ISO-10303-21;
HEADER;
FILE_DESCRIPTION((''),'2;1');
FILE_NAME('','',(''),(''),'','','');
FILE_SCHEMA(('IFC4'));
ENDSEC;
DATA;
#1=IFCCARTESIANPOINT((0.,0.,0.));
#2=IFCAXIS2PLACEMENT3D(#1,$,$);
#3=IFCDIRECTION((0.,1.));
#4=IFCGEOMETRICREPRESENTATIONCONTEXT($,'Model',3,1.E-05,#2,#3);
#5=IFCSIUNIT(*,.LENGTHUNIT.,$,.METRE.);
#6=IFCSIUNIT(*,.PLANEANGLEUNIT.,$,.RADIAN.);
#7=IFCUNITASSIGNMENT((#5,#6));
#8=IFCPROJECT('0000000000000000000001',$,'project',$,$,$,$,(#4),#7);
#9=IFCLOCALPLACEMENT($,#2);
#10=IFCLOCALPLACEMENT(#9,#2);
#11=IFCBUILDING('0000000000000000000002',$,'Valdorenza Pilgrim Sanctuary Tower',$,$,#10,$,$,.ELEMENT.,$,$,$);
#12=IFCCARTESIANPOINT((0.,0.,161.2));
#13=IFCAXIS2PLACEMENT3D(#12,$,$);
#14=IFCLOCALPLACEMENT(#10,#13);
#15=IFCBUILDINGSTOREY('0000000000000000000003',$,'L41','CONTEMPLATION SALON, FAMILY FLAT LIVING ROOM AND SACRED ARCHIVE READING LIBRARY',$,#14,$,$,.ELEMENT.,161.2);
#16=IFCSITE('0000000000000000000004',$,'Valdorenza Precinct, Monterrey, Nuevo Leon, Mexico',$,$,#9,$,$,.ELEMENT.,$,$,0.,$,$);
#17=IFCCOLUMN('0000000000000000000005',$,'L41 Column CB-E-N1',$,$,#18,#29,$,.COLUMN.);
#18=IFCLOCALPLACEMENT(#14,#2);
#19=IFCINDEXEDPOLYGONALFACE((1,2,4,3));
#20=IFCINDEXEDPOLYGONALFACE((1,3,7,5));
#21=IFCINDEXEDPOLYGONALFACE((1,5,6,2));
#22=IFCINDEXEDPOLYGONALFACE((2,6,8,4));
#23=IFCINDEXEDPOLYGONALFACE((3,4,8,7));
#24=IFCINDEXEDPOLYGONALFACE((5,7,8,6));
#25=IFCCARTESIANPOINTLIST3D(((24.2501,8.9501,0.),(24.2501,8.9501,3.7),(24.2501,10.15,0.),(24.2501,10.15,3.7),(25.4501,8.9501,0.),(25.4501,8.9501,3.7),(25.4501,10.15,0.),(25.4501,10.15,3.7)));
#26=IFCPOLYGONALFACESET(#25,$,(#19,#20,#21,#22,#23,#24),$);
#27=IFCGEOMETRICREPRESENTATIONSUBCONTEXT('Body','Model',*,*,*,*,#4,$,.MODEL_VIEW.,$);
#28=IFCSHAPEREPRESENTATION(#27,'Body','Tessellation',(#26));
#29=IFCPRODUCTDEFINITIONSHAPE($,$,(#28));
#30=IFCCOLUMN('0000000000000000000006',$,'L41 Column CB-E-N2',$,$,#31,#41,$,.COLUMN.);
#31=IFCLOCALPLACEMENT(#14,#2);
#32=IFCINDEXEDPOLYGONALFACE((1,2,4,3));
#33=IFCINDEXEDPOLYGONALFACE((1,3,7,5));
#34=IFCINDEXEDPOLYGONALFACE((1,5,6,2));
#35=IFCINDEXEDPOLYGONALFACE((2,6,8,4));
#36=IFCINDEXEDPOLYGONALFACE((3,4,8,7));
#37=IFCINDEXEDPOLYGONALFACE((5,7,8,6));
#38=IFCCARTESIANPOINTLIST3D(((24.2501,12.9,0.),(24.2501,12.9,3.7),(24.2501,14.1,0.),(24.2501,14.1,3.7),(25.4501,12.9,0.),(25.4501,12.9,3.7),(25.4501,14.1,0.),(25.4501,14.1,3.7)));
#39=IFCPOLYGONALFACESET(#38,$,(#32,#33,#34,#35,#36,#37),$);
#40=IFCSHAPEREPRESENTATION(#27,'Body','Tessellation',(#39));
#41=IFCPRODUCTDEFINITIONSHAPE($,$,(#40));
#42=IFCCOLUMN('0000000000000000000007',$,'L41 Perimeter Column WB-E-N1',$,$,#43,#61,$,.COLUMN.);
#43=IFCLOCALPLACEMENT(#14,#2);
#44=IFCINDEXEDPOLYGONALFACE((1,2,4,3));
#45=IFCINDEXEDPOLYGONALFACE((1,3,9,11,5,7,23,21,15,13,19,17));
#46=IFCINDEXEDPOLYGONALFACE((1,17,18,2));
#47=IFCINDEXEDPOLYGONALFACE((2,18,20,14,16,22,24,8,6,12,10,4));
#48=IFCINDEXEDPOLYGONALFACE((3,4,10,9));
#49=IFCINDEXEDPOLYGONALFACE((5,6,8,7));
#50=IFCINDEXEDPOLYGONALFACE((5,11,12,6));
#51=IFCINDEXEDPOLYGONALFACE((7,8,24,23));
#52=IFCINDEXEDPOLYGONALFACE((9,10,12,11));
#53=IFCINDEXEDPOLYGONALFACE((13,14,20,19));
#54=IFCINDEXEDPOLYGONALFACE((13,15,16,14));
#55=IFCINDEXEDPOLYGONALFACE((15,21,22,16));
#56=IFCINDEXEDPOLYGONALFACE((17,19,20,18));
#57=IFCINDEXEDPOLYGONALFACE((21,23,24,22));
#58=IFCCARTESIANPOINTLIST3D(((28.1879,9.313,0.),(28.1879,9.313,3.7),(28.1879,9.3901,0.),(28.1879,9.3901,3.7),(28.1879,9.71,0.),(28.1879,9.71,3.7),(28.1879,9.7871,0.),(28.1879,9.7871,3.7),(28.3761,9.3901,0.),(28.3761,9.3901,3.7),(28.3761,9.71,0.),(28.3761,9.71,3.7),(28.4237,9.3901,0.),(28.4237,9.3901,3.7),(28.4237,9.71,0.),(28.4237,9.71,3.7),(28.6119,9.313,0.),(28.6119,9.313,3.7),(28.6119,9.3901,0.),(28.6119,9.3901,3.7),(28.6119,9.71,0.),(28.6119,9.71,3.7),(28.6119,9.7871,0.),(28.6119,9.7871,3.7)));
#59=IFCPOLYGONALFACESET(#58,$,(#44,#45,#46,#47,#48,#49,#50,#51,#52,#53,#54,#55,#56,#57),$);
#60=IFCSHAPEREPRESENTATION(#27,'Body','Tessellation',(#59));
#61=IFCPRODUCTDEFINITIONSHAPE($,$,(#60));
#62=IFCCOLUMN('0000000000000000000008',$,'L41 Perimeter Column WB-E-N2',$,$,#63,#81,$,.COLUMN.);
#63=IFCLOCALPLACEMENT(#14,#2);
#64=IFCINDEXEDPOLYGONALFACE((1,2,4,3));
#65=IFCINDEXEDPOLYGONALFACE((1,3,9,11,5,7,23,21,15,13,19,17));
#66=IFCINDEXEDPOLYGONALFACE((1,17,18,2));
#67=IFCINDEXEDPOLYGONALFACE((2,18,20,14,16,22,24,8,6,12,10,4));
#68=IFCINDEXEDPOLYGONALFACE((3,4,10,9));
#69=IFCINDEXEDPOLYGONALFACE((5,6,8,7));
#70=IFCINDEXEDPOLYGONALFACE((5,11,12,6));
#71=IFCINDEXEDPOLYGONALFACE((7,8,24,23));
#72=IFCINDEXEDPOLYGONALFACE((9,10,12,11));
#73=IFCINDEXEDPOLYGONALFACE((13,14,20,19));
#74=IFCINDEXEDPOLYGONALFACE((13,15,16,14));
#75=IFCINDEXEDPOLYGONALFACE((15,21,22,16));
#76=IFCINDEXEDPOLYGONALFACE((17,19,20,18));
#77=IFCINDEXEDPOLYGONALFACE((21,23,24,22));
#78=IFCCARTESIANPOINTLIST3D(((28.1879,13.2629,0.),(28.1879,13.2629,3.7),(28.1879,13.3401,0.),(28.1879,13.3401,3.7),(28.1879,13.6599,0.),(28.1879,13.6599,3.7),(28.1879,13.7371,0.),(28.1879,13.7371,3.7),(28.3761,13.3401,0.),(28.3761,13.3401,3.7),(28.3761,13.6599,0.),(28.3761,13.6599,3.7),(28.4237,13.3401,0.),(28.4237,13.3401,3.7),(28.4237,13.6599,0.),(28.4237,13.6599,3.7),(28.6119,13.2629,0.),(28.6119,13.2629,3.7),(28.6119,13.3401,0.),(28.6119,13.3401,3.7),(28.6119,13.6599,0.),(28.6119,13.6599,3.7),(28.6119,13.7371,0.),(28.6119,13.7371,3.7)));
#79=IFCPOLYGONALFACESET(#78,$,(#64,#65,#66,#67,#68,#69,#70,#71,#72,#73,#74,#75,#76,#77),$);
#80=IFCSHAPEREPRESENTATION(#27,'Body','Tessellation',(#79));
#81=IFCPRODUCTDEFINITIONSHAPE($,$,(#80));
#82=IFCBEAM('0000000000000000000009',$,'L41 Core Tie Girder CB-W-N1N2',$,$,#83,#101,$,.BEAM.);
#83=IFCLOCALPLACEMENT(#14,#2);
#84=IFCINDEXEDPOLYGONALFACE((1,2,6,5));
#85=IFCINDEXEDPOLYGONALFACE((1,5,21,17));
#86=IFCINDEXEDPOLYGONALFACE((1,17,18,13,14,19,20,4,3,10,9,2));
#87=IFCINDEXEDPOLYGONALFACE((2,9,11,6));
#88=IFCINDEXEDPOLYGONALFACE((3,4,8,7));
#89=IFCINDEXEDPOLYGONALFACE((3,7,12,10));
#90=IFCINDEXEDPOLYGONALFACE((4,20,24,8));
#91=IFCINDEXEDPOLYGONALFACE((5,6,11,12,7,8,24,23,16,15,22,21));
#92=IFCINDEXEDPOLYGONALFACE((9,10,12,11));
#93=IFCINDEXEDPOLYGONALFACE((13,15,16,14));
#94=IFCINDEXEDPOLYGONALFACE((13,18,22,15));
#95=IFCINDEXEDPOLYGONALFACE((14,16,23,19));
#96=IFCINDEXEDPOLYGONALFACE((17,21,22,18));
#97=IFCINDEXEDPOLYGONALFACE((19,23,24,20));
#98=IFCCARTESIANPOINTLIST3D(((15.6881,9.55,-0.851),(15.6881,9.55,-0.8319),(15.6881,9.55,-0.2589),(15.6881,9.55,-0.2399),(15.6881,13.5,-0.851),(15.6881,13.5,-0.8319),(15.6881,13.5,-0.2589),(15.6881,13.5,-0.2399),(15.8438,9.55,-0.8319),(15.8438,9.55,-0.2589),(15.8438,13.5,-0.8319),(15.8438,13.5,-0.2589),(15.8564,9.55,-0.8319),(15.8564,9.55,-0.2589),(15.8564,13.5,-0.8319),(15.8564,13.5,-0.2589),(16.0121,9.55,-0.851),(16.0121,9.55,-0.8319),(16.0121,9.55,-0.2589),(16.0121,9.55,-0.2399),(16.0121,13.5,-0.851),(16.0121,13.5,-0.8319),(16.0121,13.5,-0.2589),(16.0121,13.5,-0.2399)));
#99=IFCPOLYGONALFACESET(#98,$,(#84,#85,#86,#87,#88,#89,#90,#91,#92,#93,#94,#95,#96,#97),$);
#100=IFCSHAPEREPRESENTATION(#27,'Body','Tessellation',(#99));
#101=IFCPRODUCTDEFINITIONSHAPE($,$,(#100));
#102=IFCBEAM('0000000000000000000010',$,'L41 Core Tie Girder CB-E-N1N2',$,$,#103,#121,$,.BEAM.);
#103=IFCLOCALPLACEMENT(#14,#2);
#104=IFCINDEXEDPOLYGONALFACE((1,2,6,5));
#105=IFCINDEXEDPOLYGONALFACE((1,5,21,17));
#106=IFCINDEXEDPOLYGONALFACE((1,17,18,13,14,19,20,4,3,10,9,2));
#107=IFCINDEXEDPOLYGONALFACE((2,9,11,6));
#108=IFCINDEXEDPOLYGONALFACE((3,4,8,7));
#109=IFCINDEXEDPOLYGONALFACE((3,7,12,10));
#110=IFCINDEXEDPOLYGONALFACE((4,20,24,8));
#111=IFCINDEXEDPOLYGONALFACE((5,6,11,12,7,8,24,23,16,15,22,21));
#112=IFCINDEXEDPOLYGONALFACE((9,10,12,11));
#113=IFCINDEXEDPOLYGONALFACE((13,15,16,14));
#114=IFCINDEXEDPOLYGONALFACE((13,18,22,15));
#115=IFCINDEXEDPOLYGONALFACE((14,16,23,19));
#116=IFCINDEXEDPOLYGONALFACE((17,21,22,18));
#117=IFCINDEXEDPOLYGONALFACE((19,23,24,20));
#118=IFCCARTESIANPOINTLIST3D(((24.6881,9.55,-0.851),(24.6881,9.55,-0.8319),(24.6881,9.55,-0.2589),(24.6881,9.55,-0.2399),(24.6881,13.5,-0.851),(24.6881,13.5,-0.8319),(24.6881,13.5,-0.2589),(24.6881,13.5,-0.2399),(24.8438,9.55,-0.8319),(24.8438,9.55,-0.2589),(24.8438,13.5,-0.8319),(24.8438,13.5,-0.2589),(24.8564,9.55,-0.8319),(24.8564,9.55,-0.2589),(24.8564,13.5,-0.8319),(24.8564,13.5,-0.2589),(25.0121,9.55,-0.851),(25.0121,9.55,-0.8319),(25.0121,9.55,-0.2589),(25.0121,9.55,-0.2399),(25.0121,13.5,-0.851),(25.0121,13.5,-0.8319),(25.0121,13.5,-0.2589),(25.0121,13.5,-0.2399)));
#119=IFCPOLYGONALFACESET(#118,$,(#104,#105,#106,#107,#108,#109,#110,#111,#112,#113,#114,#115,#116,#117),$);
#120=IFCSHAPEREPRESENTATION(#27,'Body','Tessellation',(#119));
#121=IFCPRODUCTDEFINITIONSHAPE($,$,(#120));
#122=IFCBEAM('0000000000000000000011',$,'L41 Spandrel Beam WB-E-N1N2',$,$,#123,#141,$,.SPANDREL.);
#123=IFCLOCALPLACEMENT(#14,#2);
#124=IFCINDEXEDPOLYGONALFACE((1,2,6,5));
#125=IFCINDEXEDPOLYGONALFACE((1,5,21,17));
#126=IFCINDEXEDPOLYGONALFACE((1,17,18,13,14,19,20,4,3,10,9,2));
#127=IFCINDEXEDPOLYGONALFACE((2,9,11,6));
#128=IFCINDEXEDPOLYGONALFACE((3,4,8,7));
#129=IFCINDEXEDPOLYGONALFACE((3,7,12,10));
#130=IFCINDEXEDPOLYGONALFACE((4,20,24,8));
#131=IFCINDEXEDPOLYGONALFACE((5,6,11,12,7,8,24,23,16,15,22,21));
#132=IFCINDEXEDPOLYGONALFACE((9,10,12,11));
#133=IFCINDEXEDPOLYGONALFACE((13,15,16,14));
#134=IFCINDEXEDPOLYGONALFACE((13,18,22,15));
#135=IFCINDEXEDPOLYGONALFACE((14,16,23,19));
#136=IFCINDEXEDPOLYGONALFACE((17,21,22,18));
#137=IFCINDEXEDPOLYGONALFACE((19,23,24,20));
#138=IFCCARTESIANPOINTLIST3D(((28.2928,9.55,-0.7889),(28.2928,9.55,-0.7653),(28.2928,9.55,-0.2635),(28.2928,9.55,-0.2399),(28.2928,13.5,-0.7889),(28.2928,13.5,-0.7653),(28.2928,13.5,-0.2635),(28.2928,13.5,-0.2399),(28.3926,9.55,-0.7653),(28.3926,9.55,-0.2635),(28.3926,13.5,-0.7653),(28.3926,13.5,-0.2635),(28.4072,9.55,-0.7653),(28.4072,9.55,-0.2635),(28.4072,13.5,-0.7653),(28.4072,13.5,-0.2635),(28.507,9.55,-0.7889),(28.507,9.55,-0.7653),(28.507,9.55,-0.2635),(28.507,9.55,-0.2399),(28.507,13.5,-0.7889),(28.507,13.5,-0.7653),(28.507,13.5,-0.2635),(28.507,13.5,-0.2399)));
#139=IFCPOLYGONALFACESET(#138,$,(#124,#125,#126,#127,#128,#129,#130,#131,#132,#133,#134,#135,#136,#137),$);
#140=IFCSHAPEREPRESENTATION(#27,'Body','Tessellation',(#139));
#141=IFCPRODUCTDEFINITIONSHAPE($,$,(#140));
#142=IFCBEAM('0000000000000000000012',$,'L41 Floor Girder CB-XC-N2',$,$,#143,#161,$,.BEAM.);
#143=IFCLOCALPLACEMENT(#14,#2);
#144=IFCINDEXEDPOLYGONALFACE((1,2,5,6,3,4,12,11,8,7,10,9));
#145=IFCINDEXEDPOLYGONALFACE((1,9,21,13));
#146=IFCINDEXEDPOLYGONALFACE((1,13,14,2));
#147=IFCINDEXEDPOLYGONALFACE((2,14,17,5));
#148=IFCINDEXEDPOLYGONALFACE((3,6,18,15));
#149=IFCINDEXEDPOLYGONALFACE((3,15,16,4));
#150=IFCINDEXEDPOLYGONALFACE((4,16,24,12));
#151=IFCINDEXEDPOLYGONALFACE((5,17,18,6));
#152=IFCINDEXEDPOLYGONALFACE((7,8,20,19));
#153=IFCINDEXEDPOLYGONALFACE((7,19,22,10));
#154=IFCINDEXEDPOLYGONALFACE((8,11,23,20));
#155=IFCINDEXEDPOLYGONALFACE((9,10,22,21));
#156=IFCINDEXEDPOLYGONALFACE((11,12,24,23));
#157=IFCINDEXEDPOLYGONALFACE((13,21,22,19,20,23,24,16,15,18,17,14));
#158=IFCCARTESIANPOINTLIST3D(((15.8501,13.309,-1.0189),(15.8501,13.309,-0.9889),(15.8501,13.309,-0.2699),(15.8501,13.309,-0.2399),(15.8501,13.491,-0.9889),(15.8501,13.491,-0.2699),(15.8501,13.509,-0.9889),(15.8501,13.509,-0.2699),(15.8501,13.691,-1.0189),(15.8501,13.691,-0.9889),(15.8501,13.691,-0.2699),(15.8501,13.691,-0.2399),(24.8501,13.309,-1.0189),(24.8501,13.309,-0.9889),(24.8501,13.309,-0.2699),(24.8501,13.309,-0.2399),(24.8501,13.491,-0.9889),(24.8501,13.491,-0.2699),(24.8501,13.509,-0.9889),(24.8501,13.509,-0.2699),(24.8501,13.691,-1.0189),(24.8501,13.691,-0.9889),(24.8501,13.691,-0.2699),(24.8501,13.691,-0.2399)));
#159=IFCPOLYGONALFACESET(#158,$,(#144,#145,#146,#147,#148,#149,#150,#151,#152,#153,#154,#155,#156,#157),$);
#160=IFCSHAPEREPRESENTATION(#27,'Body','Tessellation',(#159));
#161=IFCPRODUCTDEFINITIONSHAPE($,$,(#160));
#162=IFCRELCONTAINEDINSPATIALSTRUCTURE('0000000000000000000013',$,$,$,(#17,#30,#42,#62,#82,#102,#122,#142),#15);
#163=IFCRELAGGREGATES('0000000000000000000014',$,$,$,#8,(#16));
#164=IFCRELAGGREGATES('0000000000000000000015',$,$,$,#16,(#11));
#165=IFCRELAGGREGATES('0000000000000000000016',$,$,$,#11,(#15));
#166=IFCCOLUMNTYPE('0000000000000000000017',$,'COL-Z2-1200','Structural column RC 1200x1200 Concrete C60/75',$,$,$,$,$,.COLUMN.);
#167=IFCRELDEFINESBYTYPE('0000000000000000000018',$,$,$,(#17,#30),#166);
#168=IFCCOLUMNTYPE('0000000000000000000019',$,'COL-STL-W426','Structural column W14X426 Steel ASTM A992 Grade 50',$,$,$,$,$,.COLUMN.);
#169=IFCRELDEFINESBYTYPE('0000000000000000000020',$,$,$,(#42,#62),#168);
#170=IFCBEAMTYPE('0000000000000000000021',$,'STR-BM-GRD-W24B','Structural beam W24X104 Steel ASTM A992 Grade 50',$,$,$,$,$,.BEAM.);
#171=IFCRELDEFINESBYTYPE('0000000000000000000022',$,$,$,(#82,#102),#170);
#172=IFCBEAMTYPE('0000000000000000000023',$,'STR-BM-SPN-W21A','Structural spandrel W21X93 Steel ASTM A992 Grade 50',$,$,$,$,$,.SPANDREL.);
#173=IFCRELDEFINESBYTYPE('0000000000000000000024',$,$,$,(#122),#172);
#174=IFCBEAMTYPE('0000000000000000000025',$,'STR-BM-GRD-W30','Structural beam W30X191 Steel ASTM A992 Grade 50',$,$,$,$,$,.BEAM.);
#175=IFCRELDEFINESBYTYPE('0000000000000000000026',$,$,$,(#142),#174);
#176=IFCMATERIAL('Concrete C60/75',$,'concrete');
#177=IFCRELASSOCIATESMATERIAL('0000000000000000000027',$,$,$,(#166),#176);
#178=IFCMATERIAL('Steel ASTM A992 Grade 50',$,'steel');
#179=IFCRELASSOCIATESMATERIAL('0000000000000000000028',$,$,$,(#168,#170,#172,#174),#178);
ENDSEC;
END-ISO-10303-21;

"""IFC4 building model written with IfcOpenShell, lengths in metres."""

from ifc_helpers import new_model, si_unit, direction, frame, origin, origin_2d, place, context, subcontext, project, spatial, rectangle, i_section, extrude, source, transform, mapped, material, material_profile, profile_set, type_object, element, save


model = new_model("IFC4")

# Units and contexts
model_context = context("Model", 3, precision=1e-05, world=origin(), true_north=direction((0.0, 1.0)))
body_context = subcontext(model_context, "Body", "Model", "MODEL_VIEW")
ifc_project = project(units=[si_unit("LENGTHUNIT", "METRE"), si_unit("PLANEANGLEUNIT", "RADIAN")], contexts=[model_context])

# Site, building, storey
site_placement = place(None, origin())
site = spatial("IfcSite", under=ifc_project, at=site_placement, Name="Valdorenza Precinct, Monterrey, Nuevo Leon, Mexico", CompositionType="ELEMENT", RefElevation=0.0)
building_placement = place(site_placement, origin())
building = spatial("IfcBuilding", under=site, at=building_placement, Name="Valdorenza Pilgrim Sanctuary Tower", CompositionType="ELEMENT")
storey_placement = place(building_placement, frame((0.0, 0.0, 161.2)))
storey = spatial("IfcBuildingStorey", under=building, at=storey_placement, Name="L41", Description="CONTEMPLATION SALON, FAMILY FLAT LIVING ROOM AND SACRED ARCHIVE READING LIBRARY", CompositionType="ELEMENT", Elevation=161.2)

# Columns
ifc_material_1 = material(Name="Concrete C60/75", Category="concrete")
ifc_material_profile_1 = material_profile(ifc_material_1, rectangle(XDim=1.2, YDim=1.2, at=origin_2d()), Name="RC 1200x1200")
ifc_profile_set_1 = profile_set([ifc_material_profile_1], Name="Concrete C60/75")
column_type_1 = type_object("IfcColumnType", Name="COL-Z2-1200", Description="Structural column RC 1200x1200 Concrete C60/75", PredefinedType="COLUMN", material=ifc_profile_set_1)
shared_shape_1 = source(origin(), body_context, "Body", "SweptSolid", [
    extrude(rectangle(XDim=1.2, YDim=1.2, at=origin_2d()), origin(), (0.0, 0.0, 1.0), 3.7),
])
for number, where, z_axis, x_axis, name in (
    (1, (24.8501, 9.55, 0.0), (0.0, 0.0, 1.0), (1.0, 0.0, 0.0), "L41 Column CB-E-N1"),
    (2, (24.8501, 13.5, 0.0), (0.0, 0.0, 1.0), (1.0, 0.0, 0.0), "L41 Column CB-E-N2"),
):
    element("IfcColumn", number, at=place(storey_placement, frame(where, z_axis=z_axis, x_axis=x_axis)), inside=storey, type_object=column_type_1, Name=name, PredefinedType="COLUMN", context=body_context, shape_type="MappedRepresentation", body=[
        mapped(shared_shape_1, transform((0.0, 0.0, 0.0), x_axis=(1.0, 0.0, 0.0), y_axis=(0.0, 1.0, 0.0), z_axis=(0.0, 0.0, 1.0), scale=1.0)),
    ])
ifc_material_2 = material(Name="Steel ASTM A992 Grade 50", Category="steel")
ifc_material_profile_2 = material_profile(ifc_material_2, i_section(OverallWidth=0.4241, OverallDepth=0.4741, WebThickness=0.0476, FlangeThickness=0.0771, at=origin_2d()), Name="W14X426")
ifc_profile_set_2 = profile_set([ifc_material_profile_2], Name="Steel ASTM A992 Grade 50")
column_type_2 = type_object("IfcColumnType", Name="COL-STL-W426", Description="Structural column W14X426 Steel ASTM A992 Grade 50", PredefinedType="COLUMN", material=ifc_profile_set_2)
shared_shape_2 = source(origin(), body_context, "Body", "SweptSolid", [
    extrude(i_section(OverallWidth=0.4241, OverallDepth=0.4741, WebThickness=0.0476, FlangeThickness=0.0771, at=origin_2d()), origin(), (0.0, 0.0, 1.0), 3.7),
])
for number, where, z_axis, x_axis, name in (
    (3, (28.3999, 9.55, 0.0), (0.0, 0.0, 1.0), (1.0, 0.0, 0.0), "L41 Perimeter Column WB-E-N1"),
    (4, (28.3999, 13.5, 0.0), (0.0, 0.0, 1.0), (1.0, 0.0, 0.0), "L41 Perimeter Column WB-E-N2"),
):
    element("IfcColumn", number, at=place(storey_placement, frame(where, z_axis=z_axis, x_axis=x_axis)), inside=storey, type_object=column_type_2, Name=name, PredefinedType="COLUMN", context=body_context, shape_type="MappedRepresentation", body=[
        mapped(shared_shape_2, transform((0.0, 0.0, 0.0), x_axis=(1.0, 0.0, 0.0), y_axis=(0.0, 1.0, 0.0), z_axis=(0.0, 0.0, 1.0), scale=1.0)),
    ])

# Beams
ifc_material_profile_3 = material_profile(ifc_material_2, i_section(OverallWidth=0.324, OverallDepth=0.6111, WebThickness=0.0127, FlangeThickness=0.019, at=origin_2d()), Name="W24X104")
ifc_profile_set_3 = profile_set([ifc_material_profile_3], Name="Steel ASTM A992 Grade 50")
beam_type_1 = type_object("IfcBeamType", Name="STR-BM-GRD-W24B", Description="Structural beam W24X104 Steel ASTM A992 Grade 50", PredefinedType="BEAM", material=ifc_profile_set_3)
shared_shape_3 = source(origin(), body_context, "Body", "SweptSolid", [
    extrude(i_section(OverallWidth=0.324, OverallDepth=0.6111, WebThickness=0.0127, FlangeThickness=0.019, at=origin_2d()), origin(), (0.0, 0.0, 1.0), 3.95),
])
for number, where, z_axis, x_axis, name in (
    (5, (15.8501, 9.55, -0.5454), (0.0, 1.0, 0.0), (-1.0, 0.0, 0.0), "L41 Core Tie Girder CB-W-N1N2"),
    (6, (24.8501, 9.55, -0.5454), (0.0, 1.0, 0.0), (-1.0, 0.0, 0.0), "L41 Core Tie Girder CB-E-N1N2"),
):
    element("IfcBeam", number, at=place(storey_placement, frame(where, z_axis=z_axis, x_axis=x_axis)), inside=storey, type_object=beam_type_1, Name=name, PredefinedType="BEAM", context=body_context, shape_type="MappedRepresentation", body=[
        mapped(shared_shape_3, transform((0.0, 0.0, 0.0), x_axis=(1.0, 0.0, 0.0), y_axis=(0.0, 1.0, 0.0), z_axis=(0.0, 0.0, 1.0), scale=1.0)),
    ])
ifc_material_profile_4 = material_profile(ifc_material_2, i_section(OverallWidth=0.2141, OverallDepth=0.5491, WebThickness=0.0146, FlangeThickness=0.0237, at=origin_2d()), Name="W21X93")
ifc_profile_set_4 = profile_set([ifc_material_profile_4], Name="Steel ASTM A992 Grade 50")
beam_type_2 = type_object("IfcBeamType", Name="STR-BM-SPN-W21A", Description="Structural spandrel W21X93 Steel ASTM A992 Grade 50", PredefinedType="SPANDREL", material=ifc_profile_set_4)
shared_shape_4 = source(origin(), body_context, "Body", "SweptSolid", [
    extrude(i_section(OverallWidth=0.2141, OverallDepth=0.5491, WebThickness=0.0146, FlangeThickness=0.0237, at=origin_2d()), origin(), (0.0, 0.0, 1.0), 3.95),
])
beam_1_placement = place(storey_placement, frame((28.3999, 9.55, -0.5144), z_axis=(0.0, 1.0, 0.0), x_axis=(-1.0, 0.0, 0.0)))
element("IfcBeam", 7, at=beam_1_placement, inside=storey, type_object=beam_type_2, Name="L41 Spandrel Beam WB-E-N1N2", PredefinedType="SPANDREL", context=body_context, shape_type="MappedRepresentation", body=[
    mapped(shared_shape_4, transform((0.0, 0.0, 0.0), x_axis=(1.0, 0.0, 0.0), y_axis=(0.0, 1.0, 0.0), z_axis=(0.0, 0.0, 1.0), scale=1.0)),
])
ifc_material_profile_5 = material_profile(ifc_material_2, i_section(OverallWidth=0.3821, OverallDepth=0.7791, WebThickness=0.0181, FlangeThickness=0.03, at=origin_2d()), Name="W30X191")
ifc_profile_set_5 = profile_set([ifc_material_profile_5], Name="Steel ASTM A992 Grade 50")
beam_type_3 = type_object("IfcBeamType", Name="STR-BM-GRD-W30", Description="Structural beam W30X191 Steel ASTM A992 Grade 50", PredefinedType="BEAM", material=ifc_profile_set_5)
shared_shape_5 = source(origin(), body_context, "Body", "SweptSolid", [
    extrude(i_section(OverallWidth=0.3821, OverallDepth=0.7791, WebThickness=0.0181, FlangeThickness=0.03, at=origin_2d()), origin(), (0.0, 0.0, 1.0), 9.0),
])
beam_2_placement = place(storey_placement, frame((15.8501, 13.5, -0.6294), z_axis=(1.0, 0.0, 0.0), x_axis=(0.0, 1.0, 0.0)))
element("IfcBeam", 8, at=beam_2_placement, inside=storey, type_object=beam_type_3, Name="L41 Floor Girder CB-XC-N2", PredefinedType="BEAM", context=body_context, shape_type="MappedRepresentation", body=[
    mapped(shared_shape_5, transform((0.0, 0.0, 0.0), x_axis=(1.0, 0.0, 0.0), y_axis=(0.0, 1.0, 0.0), z_axis=(0.0, 0.0, 1.0), scale=1.0)),
])

save(model, "model.ifc")
